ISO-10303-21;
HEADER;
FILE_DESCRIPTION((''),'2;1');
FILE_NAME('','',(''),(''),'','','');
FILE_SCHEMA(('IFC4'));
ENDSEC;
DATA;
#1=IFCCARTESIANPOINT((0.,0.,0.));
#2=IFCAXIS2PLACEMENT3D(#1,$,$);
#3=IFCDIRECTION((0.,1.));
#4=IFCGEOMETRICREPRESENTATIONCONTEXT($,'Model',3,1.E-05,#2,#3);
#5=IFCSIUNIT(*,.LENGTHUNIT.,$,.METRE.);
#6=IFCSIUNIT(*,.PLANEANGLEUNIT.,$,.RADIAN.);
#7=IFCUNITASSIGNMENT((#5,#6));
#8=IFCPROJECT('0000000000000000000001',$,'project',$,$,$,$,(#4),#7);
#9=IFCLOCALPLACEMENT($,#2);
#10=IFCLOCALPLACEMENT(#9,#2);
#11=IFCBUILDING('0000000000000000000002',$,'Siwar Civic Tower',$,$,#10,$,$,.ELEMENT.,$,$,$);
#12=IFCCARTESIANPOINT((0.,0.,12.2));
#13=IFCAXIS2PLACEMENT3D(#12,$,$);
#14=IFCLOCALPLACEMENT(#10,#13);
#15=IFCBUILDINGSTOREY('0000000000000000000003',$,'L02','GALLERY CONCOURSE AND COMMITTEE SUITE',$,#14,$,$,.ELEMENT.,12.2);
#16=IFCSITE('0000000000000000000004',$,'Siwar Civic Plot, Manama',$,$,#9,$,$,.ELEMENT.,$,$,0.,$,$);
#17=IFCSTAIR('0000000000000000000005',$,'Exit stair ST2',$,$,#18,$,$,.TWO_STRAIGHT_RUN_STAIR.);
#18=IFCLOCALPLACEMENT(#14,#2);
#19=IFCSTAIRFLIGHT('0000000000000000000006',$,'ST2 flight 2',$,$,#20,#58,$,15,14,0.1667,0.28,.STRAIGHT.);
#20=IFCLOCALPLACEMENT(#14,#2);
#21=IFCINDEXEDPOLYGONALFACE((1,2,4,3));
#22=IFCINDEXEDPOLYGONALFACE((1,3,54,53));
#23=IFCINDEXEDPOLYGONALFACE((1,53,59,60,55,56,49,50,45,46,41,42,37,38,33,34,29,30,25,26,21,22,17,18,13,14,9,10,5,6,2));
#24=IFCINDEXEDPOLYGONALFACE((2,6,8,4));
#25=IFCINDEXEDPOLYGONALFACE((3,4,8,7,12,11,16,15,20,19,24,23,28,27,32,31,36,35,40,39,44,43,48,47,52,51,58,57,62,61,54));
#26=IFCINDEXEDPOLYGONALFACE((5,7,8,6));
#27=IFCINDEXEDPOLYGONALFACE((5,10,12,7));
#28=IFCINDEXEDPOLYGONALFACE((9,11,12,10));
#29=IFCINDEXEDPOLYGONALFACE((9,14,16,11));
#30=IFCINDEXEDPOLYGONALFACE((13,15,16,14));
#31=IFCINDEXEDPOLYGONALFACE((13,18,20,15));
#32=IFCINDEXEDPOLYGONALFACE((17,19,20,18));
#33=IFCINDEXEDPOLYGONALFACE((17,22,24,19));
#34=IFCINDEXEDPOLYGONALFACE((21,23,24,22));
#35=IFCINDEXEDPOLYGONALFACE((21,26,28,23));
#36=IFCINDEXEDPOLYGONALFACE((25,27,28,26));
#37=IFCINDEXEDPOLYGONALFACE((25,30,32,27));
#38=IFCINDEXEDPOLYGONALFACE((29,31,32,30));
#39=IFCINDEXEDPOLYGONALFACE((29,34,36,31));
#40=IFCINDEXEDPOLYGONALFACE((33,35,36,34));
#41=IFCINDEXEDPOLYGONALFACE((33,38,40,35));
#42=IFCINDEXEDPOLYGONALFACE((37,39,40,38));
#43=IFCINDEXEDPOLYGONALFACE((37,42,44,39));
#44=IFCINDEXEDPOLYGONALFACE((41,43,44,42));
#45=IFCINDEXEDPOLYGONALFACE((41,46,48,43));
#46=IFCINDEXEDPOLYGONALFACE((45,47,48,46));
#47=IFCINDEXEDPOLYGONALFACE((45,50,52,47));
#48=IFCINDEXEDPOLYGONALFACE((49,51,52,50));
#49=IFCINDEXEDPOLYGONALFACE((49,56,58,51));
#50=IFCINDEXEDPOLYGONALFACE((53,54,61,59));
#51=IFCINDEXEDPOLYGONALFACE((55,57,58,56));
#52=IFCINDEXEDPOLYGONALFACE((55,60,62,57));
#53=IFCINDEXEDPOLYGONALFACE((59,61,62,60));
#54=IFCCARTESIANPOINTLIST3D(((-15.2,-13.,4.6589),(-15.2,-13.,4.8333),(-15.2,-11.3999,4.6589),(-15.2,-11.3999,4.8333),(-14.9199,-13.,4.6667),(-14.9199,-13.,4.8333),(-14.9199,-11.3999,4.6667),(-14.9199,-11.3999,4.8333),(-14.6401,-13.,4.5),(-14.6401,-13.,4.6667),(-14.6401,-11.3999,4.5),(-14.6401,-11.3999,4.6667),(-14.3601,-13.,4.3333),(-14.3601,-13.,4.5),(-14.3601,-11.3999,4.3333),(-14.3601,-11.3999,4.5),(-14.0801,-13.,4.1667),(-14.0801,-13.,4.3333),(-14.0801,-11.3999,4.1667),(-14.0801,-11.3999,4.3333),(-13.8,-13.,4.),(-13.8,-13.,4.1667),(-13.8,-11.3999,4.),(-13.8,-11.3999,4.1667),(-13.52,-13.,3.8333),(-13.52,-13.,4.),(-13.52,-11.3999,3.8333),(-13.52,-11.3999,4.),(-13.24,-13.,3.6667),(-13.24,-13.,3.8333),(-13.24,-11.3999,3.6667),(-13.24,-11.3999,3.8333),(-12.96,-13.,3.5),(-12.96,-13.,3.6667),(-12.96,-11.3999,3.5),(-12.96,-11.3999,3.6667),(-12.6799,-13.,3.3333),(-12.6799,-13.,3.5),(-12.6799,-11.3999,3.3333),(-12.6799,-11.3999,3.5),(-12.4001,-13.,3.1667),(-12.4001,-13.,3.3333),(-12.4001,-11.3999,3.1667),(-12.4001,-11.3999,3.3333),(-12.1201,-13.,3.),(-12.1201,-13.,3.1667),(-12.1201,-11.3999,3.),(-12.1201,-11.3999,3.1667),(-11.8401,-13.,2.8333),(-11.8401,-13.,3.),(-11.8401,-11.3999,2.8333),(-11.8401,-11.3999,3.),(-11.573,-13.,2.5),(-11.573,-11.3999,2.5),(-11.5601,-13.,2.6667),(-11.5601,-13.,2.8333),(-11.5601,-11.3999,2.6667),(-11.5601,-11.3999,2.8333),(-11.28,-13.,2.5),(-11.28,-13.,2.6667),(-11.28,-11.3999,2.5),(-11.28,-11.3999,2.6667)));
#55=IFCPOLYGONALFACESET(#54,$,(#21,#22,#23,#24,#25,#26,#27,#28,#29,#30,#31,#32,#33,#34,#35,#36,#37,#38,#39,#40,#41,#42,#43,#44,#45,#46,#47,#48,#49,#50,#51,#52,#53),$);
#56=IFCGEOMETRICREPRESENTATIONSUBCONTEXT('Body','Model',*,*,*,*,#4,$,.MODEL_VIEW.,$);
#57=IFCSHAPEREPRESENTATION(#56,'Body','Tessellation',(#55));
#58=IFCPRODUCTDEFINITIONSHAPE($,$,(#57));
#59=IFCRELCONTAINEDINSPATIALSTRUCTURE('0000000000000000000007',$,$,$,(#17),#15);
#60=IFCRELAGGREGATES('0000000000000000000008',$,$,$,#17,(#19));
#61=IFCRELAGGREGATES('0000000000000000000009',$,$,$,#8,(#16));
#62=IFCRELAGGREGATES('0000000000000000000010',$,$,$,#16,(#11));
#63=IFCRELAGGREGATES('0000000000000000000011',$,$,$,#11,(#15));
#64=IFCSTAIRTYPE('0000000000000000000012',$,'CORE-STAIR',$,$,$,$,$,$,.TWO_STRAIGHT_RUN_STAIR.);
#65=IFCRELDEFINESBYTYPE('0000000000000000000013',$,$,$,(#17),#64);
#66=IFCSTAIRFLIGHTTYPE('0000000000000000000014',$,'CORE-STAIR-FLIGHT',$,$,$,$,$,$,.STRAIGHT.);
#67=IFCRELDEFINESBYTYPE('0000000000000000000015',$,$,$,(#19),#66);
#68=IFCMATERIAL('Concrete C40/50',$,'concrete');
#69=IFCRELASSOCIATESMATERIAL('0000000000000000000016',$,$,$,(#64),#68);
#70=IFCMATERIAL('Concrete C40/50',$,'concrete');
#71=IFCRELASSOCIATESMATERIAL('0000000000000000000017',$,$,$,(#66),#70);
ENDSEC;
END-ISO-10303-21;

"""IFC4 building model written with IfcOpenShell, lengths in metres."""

from ifc_helpers import new_model, si_unit, direction, frame, origin, place, context, subcontext, project, spatial, polyline, outline, extrude, material, type_object, element, aggregate, save


model = new_model("IFC4")

# Units and contexts
model_context = context("Model", 3, precision=1e-05, world=origin(), true_north=direction((0.0, 1.0)))
body_context = subcontext(model_context, "Body", "Model", "MODEL_VIEW")
ifc_project = project(units=[si_unit("LENGTHUNIT", "METRE"), si_unit("PLANEANGLEUNIT", "RADIAN")], contexts=[model_context])

# Site, building, storey
site_placement = place(None, origin())
site = spatial("IfcSite", under=ifc_project, at=site_placement, Name="Siwar Civic Plot, Manama", CompositionType="ELEMENT", RefElevation=0.0)
building_placement = place(site_placement, origin())
building = spatial("IfcBuilding", under=site, at=building_placement, Name="Siwar Civic Tower", CompositionType="ELEMENT")
storey_placement = place(building_placement, frame((0.0, 0.0, 12.2)))
storey = spatial("IfcBuildingStorey", under=building, at=storey_placement, Name="L02", Description="GALLERY CONCOURSE AND COMMITTEE SUITE", CompositionType="ELEMENT", Elevation=12.2)

# Stair, stair flight
ifc_material_1 = material(Name="Concrete C40/50", Category="concrete")
stair_type = type_object("IfcStairType", Name="CORE-STAIR", PredefinedType="TWO_STRAIGHT_RUN_STAIR", material=ifc_material_1)
stair_placement = place(storey_placement, origin())
stair = element("IfcStair", 1, at=stair_placement, inside=storey, type_object=stair_type, Name="Exit stair ST2", PredefinedType="TWO_STRAIGHT_RUN_STAIR")
ifc_material_2 = material(Name="Concrete C40/50", Category="concrete")
stair_flight_type = type_object("IfcStairFlightType", Name="CORE-STAIR-FLIGHT", PredefinedType="STRAIGHT", material=ifc_material_2)
stair_flight_placement = place(storey_placement, frame((-11.28, -12.2, 2.5), z_axis=(0.0, 0.0, 1.0), x_axis=(-1.0, 0.0, 0.0)))
stair_flight = element("IfcStairFlight", 2, at=stair_flight_placement, type_object=stair_flight_type, Name="ST2 flight 2", NumberOfRisers=15, NumberOfTreads=14, PredefinedType="STRAIGHT", RiserHeight=0.1667, TreadLength=0.28, context=body_context, shape_type="SweptSolid", body=[
    extrude(outline(polyline([(0.0, 0.0), (0.0, 0.1667), (0.28, 0.1667), (0.28, 0.3333), (0.5601, 0.3333), (0.5601, 0.5), (0.8401, 0.5), (0.8401, 0.6667), (1.1201, 0.6667), (1.1201, 0.8333), (1.3999, 0.8333), (1.3999, 1.0), (1.6799, 1.0), (1.6799, 1.1667), (1.96, 1.1667), (1.96, 1.3333), (2.24, 1.3333), (2.24, 1.5), (2.52, 1.5), (2.52, 1.6667), (2.8, 1.6667), (2.8, 1.8333), (3.0801, 1.8333), (3.0801, 2.0), (3.3601, 2.0), (3.3601, 2.1667), (3.6399, 2.1667), (3.6399, 2.3333), (3.9199, 2.3333), (3.9199, 2.5), (3.9199, 2.1589), (0.293, 0.0), (0.0, 0.0)])), frame((0.0, 0.8, 0.0), z_axis=(0.0, -1.0, 0.0), x_axis=(1.0, 0.0, 0.0)), (0.0, 0.0, 1.0), 1.6001),
])
aggregate(stair, [stair_flight])

save(model, "model.ifc")
